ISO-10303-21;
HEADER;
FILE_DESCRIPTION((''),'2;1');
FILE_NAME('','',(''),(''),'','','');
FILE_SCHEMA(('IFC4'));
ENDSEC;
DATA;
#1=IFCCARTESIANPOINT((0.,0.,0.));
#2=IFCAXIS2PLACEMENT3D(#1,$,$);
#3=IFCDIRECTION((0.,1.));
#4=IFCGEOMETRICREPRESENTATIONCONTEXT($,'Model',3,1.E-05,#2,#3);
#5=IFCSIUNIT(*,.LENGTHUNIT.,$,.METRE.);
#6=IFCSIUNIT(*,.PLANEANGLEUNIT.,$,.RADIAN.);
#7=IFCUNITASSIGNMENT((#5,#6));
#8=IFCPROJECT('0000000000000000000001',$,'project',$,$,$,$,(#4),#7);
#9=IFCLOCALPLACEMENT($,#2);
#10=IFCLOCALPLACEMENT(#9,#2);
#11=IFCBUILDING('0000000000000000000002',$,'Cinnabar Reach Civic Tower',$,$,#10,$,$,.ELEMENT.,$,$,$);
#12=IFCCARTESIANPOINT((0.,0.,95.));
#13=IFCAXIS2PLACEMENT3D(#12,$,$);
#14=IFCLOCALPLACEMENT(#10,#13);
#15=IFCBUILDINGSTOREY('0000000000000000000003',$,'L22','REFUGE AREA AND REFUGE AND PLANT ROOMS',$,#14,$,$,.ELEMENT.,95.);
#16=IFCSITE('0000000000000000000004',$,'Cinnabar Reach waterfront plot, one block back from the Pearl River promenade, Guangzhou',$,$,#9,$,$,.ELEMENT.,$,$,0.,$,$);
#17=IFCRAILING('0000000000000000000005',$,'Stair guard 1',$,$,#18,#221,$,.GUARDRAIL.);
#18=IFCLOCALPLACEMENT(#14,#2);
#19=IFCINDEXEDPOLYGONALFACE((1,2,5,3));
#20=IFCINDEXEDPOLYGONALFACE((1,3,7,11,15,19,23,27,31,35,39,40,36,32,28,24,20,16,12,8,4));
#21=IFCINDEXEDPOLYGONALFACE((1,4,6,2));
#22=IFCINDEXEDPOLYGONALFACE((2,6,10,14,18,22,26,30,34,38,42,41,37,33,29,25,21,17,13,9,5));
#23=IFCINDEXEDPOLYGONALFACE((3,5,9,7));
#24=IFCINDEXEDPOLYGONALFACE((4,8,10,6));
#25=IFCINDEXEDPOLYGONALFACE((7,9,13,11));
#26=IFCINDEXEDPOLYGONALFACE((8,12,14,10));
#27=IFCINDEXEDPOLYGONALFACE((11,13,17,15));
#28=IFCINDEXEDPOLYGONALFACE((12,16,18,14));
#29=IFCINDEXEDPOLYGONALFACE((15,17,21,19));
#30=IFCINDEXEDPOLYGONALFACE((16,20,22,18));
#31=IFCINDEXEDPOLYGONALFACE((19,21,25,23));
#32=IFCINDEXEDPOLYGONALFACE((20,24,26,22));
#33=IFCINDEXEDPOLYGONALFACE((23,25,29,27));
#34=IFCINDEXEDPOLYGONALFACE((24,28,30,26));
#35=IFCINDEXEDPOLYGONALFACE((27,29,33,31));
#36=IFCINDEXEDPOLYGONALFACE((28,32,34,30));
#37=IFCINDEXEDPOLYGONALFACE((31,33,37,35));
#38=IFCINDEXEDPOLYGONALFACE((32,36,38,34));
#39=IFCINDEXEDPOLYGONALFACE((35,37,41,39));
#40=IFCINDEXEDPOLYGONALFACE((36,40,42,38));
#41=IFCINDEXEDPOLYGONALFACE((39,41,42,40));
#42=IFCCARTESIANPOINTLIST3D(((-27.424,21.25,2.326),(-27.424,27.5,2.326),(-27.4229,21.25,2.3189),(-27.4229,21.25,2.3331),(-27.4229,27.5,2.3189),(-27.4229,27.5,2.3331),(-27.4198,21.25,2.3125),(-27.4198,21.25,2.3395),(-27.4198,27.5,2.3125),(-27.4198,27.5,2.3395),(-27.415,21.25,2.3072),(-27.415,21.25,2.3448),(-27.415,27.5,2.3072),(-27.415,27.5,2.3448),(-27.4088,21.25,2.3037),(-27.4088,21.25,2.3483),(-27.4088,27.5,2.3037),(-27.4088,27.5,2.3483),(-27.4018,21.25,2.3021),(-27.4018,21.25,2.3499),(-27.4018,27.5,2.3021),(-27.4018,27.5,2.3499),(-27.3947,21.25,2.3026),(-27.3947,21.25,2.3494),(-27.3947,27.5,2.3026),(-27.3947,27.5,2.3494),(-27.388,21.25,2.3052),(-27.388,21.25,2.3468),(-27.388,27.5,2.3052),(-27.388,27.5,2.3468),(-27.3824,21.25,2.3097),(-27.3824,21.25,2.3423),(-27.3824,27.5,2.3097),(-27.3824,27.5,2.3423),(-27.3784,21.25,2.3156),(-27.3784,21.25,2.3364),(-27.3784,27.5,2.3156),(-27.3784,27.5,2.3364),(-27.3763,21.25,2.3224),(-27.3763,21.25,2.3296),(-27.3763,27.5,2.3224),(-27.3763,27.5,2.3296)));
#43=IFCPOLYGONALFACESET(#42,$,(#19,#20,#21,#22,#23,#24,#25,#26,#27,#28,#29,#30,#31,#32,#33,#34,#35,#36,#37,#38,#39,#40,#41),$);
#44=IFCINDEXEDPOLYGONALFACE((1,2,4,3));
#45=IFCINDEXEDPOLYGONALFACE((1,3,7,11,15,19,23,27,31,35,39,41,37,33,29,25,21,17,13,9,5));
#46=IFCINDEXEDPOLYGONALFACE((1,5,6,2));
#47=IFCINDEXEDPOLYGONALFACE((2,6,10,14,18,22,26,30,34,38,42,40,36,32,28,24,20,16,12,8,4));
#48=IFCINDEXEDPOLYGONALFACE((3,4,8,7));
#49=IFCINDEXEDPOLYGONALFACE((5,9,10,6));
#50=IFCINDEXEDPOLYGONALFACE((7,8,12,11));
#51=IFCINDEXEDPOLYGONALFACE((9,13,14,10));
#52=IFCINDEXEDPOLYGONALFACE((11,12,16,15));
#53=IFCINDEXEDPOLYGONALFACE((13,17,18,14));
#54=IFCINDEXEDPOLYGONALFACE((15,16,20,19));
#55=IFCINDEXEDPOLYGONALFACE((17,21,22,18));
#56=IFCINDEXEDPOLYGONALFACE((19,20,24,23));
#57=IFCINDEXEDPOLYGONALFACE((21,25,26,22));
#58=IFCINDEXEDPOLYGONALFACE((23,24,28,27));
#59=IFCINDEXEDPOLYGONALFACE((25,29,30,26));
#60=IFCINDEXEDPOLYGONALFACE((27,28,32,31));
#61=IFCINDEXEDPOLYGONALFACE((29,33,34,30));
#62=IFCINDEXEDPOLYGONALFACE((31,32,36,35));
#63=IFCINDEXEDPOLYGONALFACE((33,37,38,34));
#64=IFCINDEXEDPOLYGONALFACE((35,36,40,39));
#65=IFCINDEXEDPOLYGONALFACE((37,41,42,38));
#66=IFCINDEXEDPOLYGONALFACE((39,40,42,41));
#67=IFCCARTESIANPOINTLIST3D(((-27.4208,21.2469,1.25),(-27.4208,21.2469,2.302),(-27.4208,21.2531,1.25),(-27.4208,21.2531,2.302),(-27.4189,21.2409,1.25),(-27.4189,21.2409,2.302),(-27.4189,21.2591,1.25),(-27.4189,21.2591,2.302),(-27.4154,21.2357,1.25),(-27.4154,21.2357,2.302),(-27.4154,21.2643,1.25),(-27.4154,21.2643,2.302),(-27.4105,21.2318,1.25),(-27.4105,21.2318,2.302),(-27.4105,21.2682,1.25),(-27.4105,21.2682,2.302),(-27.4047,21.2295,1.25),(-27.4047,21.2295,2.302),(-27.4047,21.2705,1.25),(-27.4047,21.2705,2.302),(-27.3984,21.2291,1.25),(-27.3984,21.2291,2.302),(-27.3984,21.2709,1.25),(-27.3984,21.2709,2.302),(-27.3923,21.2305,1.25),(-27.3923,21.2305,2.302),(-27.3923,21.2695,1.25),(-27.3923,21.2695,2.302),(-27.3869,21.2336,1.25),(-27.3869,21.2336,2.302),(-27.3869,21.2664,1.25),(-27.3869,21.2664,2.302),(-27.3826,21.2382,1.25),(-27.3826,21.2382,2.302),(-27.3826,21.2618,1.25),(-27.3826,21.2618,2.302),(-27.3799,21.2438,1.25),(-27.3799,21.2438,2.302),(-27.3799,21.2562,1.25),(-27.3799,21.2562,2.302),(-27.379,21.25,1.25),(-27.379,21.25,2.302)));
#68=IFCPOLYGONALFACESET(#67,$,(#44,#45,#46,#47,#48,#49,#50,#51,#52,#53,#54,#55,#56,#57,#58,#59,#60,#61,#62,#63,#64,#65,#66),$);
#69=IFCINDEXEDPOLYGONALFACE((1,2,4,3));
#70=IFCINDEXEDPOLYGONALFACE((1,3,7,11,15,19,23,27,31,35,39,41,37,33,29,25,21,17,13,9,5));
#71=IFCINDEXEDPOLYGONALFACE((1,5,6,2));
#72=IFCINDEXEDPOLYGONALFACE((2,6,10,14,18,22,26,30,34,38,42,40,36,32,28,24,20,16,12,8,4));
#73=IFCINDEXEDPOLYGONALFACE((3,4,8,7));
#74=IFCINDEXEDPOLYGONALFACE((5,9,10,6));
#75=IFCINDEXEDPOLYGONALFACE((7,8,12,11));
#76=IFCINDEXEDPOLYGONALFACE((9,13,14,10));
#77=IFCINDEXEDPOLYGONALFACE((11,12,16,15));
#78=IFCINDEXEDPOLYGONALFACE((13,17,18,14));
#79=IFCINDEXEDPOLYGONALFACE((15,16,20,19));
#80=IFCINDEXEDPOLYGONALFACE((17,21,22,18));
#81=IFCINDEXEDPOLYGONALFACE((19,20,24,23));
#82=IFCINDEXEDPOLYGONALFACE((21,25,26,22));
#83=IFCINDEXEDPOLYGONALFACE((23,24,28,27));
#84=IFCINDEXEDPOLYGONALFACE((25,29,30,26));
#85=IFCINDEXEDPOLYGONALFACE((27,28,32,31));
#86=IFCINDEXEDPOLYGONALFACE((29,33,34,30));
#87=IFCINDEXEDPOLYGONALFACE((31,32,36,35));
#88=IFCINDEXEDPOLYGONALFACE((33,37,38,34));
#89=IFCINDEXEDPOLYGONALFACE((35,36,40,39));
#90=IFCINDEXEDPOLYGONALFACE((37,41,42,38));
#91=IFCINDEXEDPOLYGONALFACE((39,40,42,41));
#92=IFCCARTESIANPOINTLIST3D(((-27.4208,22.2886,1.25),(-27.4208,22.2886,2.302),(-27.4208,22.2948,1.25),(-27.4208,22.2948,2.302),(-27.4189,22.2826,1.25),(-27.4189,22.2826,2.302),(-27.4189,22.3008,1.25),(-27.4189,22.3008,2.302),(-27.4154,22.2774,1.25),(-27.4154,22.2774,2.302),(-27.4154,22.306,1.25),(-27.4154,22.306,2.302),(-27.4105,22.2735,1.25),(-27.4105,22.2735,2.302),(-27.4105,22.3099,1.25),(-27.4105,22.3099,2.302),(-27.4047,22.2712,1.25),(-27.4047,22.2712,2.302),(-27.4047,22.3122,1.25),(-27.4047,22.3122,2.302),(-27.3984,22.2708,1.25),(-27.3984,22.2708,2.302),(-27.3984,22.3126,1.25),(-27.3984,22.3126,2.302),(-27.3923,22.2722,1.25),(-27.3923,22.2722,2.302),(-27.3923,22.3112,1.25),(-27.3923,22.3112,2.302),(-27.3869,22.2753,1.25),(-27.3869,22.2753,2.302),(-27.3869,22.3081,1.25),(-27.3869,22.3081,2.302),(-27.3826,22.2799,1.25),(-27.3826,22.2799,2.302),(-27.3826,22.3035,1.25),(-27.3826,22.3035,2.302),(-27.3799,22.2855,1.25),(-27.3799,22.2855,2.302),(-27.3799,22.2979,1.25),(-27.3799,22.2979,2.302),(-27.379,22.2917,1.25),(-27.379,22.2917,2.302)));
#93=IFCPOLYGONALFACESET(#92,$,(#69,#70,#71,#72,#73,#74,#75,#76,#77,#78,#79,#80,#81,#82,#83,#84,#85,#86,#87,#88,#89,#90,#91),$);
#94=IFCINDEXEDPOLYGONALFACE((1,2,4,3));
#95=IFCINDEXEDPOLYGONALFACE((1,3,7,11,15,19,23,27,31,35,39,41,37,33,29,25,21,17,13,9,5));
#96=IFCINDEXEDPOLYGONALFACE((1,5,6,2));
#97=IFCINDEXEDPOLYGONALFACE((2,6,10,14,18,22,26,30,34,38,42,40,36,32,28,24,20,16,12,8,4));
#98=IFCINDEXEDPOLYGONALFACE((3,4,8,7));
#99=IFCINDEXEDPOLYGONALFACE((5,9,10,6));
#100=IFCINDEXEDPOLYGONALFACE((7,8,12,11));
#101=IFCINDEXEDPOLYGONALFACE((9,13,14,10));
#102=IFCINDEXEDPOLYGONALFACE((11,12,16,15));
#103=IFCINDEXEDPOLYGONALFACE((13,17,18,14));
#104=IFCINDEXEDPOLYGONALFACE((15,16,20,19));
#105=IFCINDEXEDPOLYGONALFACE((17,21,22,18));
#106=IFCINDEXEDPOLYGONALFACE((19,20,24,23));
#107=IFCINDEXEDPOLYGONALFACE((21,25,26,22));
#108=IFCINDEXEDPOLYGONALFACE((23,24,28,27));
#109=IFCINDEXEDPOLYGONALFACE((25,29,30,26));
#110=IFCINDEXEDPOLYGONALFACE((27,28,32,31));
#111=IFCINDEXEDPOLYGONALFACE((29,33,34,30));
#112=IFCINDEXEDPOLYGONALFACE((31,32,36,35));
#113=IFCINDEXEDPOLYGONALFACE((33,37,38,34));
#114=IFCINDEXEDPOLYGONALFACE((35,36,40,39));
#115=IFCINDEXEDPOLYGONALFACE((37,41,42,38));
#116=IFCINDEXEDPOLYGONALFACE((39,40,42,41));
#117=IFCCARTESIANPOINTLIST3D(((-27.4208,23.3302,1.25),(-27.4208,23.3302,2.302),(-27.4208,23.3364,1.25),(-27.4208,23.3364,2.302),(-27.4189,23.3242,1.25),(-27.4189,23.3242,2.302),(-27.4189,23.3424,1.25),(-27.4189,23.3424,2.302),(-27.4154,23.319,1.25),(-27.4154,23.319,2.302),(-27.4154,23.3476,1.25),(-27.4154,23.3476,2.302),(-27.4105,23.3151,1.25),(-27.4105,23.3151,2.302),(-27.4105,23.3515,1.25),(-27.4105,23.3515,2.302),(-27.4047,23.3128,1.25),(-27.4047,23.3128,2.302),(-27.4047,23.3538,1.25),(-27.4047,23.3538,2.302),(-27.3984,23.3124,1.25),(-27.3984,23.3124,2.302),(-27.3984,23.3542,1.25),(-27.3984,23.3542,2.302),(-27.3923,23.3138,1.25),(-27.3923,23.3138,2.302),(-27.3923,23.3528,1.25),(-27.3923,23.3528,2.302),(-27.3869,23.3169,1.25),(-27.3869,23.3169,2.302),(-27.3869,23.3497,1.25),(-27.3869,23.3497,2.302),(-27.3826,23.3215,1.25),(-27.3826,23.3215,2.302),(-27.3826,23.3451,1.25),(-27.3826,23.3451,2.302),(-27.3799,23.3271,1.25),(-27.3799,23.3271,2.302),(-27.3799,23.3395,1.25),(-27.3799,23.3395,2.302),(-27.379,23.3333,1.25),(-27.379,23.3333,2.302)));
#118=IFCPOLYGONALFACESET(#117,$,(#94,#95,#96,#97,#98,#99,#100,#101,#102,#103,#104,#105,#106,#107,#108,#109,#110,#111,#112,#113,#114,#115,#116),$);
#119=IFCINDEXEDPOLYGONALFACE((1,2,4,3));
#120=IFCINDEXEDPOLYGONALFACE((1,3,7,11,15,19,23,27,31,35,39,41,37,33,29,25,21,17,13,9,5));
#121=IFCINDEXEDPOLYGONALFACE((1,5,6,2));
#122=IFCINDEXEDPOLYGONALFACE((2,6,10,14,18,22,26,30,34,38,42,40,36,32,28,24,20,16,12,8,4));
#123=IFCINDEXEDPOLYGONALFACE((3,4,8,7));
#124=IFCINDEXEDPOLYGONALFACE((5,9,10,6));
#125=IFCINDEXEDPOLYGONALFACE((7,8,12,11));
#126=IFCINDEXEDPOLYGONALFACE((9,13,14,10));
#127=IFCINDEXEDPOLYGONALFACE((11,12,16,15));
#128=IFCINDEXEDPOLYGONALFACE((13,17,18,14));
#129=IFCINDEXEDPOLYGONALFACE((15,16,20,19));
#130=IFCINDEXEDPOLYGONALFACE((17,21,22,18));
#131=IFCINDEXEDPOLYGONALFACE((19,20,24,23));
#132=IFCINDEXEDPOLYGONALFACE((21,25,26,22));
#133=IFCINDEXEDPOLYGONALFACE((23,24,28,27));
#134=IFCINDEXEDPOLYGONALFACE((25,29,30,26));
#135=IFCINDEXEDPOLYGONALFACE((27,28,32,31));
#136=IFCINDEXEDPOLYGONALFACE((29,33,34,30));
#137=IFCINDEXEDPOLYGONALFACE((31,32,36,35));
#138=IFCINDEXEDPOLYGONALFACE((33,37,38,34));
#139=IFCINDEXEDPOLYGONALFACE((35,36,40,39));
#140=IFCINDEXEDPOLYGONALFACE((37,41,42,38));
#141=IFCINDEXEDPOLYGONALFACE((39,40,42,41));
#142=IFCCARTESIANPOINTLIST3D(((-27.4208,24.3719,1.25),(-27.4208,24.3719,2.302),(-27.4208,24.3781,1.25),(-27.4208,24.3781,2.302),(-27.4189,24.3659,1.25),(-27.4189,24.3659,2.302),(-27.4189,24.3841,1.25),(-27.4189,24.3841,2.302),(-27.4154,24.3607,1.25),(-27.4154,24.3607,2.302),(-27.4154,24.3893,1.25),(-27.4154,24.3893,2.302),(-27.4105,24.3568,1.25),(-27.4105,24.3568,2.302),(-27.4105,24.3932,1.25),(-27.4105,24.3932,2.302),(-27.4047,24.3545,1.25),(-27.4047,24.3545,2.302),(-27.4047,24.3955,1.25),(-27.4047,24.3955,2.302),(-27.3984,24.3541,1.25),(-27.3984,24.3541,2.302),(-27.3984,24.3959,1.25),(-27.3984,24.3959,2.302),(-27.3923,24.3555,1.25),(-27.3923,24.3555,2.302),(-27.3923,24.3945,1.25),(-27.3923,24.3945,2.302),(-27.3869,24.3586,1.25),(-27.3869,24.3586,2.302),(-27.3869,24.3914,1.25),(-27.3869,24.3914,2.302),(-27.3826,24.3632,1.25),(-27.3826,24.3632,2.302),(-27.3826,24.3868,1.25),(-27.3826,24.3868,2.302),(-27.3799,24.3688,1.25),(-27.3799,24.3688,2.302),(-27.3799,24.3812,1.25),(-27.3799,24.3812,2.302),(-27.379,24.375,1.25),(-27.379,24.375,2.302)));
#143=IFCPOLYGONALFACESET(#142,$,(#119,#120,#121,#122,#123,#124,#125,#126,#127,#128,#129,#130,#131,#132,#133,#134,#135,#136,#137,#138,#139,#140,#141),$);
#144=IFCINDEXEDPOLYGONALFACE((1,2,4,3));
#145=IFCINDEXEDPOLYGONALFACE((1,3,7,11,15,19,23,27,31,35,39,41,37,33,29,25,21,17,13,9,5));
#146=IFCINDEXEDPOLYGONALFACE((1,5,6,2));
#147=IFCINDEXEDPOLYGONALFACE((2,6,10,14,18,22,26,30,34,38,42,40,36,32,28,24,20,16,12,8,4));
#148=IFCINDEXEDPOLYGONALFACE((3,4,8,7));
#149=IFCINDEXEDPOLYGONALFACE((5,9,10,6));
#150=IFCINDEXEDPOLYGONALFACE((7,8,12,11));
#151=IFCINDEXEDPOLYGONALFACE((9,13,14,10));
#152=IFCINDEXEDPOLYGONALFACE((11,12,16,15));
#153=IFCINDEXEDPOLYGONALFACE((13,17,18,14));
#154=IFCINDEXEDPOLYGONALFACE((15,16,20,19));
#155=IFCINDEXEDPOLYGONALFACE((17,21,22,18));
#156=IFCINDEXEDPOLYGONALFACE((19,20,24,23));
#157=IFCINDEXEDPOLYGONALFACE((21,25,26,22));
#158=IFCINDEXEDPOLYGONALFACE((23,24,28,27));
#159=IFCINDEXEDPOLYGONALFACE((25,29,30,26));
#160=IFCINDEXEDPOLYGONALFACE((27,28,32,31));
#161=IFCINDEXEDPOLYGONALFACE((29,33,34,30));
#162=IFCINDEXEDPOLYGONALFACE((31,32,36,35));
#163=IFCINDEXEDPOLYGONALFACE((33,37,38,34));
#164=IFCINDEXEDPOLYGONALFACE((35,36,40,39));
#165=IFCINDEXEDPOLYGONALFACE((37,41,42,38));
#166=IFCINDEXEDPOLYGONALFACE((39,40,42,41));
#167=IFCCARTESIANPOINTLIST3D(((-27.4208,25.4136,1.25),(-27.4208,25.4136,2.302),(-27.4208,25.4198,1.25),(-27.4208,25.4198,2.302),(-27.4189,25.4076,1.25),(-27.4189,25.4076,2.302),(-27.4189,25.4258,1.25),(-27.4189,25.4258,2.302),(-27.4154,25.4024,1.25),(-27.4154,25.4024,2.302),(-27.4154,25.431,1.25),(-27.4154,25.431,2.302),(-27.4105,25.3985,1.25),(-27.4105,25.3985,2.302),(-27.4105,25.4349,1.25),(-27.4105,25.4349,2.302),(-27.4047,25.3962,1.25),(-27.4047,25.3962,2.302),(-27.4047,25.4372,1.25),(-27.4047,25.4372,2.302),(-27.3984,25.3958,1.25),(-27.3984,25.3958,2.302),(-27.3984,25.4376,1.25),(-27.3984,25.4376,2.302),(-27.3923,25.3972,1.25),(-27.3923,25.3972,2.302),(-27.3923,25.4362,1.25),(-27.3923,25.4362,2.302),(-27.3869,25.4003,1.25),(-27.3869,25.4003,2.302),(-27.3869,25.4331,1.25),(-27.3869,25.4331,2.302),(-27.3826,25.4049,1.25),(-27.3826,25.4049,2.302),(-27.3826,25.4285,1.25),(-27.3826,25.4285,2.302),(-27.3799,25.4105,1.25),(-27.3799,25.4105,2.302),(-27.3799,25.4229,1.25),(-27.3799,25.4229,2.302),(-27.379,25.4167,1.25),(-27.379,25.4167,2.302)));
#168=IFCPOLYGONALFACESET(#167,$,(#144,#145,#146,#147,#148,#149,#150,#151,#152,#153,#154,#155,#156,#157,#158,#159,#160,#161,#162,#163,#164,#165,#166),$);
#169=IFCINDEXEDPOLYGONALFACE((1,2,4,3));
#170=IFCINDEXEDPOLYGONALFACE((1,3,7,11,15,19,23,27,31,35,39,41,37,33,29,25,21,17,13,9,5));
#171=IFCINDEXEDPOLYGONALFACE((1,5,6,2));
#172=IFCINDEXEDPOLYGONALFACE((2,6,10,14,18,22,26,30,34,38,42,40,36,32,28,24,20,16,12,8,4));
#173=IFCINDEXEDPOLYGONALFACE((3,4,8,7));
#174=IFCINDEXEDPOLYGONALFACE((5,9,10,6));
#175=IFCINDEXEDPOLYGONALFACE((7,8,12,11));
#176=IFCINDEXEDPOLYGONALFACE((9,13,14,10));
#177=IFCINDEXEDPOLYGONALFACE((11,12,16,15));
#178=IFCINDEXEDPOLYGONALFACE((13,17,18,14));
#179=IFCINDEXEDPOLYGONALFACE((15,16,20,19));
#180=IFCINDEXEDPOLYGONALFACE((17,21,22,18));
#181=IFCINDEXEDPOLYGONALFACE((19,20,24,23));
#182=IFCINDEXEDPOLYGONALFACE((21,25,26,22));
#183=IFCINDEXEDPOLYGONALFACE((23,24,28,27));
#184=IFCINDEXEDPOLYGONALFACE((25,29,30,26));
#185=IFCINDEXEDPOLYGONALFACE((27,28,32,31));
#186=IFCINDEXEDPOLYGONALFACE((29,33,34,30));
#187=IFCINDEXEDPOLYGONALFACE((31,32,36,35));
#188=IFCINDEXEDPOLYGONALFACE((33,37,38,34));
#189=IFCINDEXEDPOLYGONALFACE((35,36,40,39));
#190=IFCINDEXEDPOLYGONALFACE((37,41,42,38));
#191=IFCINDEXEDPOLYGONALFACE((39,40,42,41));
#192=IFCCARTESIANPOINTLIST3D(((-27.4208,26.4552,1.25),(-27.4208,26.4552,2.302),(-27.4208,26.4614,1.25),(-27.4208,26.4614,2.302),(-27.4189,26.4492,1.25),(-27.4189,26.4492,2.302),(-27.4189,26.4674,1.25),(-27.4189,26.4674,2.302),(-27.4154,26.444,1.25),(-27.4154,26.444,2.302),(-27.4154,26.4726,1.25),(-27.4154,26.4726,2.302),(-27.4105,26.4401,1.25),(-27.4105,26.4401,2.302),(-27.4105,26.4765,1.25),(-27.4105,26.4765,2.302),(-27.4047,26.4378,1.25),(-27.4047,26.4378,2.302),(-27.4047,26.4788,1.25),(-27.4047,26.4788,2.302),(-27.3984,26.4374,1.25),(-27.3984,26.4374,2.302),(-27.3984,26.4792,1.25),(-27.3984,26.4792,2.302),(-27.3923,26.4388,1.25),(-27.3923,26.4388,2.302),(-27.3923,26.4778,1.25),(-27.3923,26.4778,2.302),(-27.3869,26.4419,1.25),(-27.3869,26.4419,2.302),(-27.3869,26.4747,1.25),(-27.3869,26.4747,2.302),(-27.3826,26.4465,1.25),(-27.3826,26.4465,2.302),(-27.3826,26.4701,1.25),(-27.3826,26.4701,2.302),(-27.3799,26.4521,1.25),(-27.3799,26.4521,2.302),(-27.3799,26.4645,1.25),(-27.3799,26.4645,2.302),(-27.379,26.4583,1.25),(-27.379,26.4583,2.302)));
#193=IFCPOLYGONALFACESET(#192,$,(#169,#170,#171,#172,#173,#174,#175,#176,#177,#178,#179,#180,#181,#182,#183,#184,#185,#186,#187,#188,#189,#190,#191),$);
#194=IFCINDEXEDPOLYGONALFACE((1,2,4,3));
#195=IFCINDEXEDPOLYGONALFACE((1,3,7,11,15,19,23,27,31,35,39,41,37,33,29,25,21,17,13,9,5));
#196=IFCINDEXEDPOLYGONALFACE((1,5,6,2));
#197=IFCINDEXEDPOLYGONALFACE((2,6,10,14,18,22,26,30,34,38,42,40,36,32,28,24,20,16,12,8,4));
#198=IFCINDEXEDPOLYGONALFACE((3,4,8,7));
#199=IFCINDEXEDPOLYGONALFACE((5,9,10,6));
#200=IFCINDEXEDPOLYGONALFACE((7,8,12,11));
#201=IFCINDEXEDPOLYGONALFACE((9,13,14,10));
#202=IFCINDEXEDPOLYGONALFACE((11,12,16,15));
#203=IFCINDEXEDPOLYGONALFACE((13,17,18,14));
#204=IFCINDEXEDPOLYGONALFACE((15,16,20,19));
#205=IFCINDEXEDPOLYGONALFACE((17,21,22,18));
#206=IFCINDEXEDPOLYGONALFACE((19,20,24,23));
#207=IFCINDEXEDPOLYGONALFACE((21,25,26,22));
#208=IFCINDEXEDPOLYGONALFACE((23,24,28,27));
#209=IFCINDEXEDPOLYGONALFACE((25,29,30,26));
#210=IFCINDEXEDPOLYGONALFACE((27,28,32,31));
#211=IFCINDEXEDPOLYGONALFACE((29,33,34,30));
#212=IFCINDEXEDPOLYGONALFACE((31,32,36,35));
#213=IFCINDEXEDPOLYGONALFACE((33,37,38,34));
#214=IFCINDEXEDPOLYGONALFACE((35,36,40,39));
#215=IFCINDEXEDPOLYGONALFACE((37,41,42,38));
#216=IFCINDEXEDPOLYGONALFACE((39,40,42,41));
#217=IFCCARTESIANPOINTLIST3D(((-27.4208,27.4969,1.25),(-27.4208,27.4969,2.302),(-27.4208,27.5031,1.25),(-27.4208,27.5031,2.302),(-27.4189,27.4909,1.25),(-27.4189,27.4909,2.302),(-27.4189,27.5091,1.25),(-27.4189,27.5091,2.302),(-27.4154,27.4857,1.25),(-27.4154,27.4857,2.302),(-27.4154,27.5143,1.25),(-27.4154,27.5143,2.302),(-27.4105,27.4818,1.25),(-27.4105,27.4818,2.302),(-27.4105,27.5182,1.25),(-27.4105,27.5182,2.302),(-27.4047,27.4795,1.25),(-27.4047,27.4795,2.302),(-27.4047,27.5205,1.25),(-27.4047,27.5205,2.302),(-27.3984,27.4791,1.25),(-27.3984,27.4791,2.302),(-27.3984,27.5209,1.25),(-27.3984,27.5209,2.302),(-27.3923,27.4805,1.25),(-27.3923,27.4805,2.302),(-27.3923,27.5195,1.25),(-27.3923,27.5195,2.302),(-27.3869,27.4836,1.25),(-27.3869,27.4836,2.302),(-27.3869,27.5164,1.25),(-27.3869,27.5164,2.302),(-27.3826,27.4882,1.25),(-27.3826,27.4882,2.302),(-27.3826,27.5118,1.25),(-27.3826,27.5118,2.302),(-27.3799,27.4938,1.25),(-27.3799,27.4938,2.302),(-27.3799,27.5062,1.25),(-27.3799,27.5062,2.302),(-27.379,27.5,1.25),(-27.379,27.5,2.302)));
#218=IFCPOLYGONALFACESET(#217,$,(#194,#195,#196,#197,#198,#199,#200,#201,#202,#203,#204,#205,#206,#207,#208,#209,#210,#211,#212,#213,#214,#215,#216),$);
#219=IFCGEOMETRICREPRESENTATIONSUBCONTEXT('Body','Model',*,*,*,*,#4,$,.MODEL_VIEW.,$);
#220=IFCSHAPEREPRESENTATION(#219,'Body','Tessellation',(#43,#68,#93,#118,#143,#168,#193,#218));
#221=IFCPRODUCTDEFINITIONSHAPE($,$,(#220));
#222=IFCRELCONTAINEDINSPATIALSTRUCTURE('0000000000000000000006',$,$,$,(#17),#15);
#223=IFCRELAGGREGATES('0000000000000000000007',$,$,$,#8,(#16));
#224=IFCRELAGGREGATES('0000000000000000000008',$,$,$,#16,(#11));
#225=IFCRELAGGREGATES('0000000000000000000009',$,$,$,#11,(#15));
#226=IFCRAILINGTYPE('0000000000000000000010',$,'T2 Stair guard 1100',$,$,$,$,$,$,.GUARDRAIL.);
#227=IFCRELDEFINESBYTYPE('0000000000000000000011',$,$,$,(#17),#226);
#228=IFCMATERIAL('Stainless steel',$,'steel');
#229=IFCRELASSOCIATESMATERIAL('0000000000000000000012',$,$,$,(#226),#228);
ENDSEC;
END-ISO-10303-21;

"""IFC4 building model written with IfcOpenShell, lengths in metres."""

from ifc_helpers import new_model, si_unit, direction, frame, origin, origin_2d, place, context, subcontext, project, spatial, circle, extrude, material, type_object, element, save


model = new_model("IFC4")

# Units and contexts
model_context = context("Model", 3, precision=1e-05, world=origin(), true_north=direction((0.0, 1.0)))
body_context = subcontext(model_context, "Body", "Model", "MODEL_VIEW")
ifc_project = project(units=[si_unit("LENGTHUNIT", "METRE"), si_unit("PLANEANGLEUNIT", "RADIAN")], contexts=[model_context])

# Site, building, storey
site_placement = place(None, origin())
site = spatial("IfcSite", under=ifc_project, at=site_placement, Name="Cinnabar Reach waterfront plot, one block back from the Pearl River promenade, Guangzhou", CompositionType="ELEMENT", RefElevation=0.0)
building_placement = place(site_placement, origin())
building = spatial("IfcBuilding", under=site, at=building_placement, Name="Cinnabar Reach Civic Tower", CompositionType="ELEMENT")
storey_placement = place(building_placement, frame((0.0, 0.0, 95.0)))
storey = spatial("IfcBuildingStorey", under=building, at=storey_placement, Name="L22", Description="REFUGE AREA AND REFUGE AND PLANT ROOMS", CompositionType="ELEMENT", Elevation=95.0)

# Railing
ifc_material_1 = material(Name="Stainless steel", Category="steel")
railing_type = type_object("IfcRailingType", Name="T2 Stair guard 1100", PredefinedType="GUARDRAIL", material=ifc_material_1)
for number, where, name in (
    (1, (-27.4, 21.25, 1.25), "Stair guard 1"),
):
    element("IfcRailing", number, at=place(storey_placement, frame(where)), inside=storey, type_object=railing_type, Name=name, PredefinedType="GUARDRAIL", context=body_context, shape_type="SweptSolid", body=[
        extrude(circle(Radius=0.024, at=origin_2d()), frame((0.0, 0.0, 1.076), z_axis=(0.0, 1.0, 0.0), x_axis=(-1.0, 0.0, 0.0)), (0.0, 0.0, 1.0), 6.25),
        extrude(circle(Radius=0.021, at=origin_2d()), origin(), (0.0, 0.0, 1.0), 1.052),
        extrude(circle(Radius=0.021, at=origin_2d()), frame((0.0, 1.0417, 0.0)), (0.0, 0.0, 1.0), 1.052),
        extrude(circle(Radius=0.021, at=origin_2d()), frame((0.0, 2.0833, 0.0)), (0.0, 0.0, 1.0), 1.052),
        extrude(circle(Radius=0.021, at=origin_2d()), frame((0.0, 3.125, 0.0)), (0.0, 0.0, 1.0), 1.052),
        extrude(circle(Radius=0.021, at=origin_2d()), frame((0.0, 4.1667, 0.0)), (0.0, 0.0, 1.0), 1.052),
        extrude(circle(Radius=0.021, at=origin_2d()), frame((0.0, 5.2083, 0.0)), (0.0, 0.0, 1.0), 1.052),
        extrude(circle(Radius=0.021, at=origin_2d()), frame((0.0, 6.25, 0.0)), (0.0, 0.0, 1.0), 1.052),
    ])

save(model, "model.ifc")
